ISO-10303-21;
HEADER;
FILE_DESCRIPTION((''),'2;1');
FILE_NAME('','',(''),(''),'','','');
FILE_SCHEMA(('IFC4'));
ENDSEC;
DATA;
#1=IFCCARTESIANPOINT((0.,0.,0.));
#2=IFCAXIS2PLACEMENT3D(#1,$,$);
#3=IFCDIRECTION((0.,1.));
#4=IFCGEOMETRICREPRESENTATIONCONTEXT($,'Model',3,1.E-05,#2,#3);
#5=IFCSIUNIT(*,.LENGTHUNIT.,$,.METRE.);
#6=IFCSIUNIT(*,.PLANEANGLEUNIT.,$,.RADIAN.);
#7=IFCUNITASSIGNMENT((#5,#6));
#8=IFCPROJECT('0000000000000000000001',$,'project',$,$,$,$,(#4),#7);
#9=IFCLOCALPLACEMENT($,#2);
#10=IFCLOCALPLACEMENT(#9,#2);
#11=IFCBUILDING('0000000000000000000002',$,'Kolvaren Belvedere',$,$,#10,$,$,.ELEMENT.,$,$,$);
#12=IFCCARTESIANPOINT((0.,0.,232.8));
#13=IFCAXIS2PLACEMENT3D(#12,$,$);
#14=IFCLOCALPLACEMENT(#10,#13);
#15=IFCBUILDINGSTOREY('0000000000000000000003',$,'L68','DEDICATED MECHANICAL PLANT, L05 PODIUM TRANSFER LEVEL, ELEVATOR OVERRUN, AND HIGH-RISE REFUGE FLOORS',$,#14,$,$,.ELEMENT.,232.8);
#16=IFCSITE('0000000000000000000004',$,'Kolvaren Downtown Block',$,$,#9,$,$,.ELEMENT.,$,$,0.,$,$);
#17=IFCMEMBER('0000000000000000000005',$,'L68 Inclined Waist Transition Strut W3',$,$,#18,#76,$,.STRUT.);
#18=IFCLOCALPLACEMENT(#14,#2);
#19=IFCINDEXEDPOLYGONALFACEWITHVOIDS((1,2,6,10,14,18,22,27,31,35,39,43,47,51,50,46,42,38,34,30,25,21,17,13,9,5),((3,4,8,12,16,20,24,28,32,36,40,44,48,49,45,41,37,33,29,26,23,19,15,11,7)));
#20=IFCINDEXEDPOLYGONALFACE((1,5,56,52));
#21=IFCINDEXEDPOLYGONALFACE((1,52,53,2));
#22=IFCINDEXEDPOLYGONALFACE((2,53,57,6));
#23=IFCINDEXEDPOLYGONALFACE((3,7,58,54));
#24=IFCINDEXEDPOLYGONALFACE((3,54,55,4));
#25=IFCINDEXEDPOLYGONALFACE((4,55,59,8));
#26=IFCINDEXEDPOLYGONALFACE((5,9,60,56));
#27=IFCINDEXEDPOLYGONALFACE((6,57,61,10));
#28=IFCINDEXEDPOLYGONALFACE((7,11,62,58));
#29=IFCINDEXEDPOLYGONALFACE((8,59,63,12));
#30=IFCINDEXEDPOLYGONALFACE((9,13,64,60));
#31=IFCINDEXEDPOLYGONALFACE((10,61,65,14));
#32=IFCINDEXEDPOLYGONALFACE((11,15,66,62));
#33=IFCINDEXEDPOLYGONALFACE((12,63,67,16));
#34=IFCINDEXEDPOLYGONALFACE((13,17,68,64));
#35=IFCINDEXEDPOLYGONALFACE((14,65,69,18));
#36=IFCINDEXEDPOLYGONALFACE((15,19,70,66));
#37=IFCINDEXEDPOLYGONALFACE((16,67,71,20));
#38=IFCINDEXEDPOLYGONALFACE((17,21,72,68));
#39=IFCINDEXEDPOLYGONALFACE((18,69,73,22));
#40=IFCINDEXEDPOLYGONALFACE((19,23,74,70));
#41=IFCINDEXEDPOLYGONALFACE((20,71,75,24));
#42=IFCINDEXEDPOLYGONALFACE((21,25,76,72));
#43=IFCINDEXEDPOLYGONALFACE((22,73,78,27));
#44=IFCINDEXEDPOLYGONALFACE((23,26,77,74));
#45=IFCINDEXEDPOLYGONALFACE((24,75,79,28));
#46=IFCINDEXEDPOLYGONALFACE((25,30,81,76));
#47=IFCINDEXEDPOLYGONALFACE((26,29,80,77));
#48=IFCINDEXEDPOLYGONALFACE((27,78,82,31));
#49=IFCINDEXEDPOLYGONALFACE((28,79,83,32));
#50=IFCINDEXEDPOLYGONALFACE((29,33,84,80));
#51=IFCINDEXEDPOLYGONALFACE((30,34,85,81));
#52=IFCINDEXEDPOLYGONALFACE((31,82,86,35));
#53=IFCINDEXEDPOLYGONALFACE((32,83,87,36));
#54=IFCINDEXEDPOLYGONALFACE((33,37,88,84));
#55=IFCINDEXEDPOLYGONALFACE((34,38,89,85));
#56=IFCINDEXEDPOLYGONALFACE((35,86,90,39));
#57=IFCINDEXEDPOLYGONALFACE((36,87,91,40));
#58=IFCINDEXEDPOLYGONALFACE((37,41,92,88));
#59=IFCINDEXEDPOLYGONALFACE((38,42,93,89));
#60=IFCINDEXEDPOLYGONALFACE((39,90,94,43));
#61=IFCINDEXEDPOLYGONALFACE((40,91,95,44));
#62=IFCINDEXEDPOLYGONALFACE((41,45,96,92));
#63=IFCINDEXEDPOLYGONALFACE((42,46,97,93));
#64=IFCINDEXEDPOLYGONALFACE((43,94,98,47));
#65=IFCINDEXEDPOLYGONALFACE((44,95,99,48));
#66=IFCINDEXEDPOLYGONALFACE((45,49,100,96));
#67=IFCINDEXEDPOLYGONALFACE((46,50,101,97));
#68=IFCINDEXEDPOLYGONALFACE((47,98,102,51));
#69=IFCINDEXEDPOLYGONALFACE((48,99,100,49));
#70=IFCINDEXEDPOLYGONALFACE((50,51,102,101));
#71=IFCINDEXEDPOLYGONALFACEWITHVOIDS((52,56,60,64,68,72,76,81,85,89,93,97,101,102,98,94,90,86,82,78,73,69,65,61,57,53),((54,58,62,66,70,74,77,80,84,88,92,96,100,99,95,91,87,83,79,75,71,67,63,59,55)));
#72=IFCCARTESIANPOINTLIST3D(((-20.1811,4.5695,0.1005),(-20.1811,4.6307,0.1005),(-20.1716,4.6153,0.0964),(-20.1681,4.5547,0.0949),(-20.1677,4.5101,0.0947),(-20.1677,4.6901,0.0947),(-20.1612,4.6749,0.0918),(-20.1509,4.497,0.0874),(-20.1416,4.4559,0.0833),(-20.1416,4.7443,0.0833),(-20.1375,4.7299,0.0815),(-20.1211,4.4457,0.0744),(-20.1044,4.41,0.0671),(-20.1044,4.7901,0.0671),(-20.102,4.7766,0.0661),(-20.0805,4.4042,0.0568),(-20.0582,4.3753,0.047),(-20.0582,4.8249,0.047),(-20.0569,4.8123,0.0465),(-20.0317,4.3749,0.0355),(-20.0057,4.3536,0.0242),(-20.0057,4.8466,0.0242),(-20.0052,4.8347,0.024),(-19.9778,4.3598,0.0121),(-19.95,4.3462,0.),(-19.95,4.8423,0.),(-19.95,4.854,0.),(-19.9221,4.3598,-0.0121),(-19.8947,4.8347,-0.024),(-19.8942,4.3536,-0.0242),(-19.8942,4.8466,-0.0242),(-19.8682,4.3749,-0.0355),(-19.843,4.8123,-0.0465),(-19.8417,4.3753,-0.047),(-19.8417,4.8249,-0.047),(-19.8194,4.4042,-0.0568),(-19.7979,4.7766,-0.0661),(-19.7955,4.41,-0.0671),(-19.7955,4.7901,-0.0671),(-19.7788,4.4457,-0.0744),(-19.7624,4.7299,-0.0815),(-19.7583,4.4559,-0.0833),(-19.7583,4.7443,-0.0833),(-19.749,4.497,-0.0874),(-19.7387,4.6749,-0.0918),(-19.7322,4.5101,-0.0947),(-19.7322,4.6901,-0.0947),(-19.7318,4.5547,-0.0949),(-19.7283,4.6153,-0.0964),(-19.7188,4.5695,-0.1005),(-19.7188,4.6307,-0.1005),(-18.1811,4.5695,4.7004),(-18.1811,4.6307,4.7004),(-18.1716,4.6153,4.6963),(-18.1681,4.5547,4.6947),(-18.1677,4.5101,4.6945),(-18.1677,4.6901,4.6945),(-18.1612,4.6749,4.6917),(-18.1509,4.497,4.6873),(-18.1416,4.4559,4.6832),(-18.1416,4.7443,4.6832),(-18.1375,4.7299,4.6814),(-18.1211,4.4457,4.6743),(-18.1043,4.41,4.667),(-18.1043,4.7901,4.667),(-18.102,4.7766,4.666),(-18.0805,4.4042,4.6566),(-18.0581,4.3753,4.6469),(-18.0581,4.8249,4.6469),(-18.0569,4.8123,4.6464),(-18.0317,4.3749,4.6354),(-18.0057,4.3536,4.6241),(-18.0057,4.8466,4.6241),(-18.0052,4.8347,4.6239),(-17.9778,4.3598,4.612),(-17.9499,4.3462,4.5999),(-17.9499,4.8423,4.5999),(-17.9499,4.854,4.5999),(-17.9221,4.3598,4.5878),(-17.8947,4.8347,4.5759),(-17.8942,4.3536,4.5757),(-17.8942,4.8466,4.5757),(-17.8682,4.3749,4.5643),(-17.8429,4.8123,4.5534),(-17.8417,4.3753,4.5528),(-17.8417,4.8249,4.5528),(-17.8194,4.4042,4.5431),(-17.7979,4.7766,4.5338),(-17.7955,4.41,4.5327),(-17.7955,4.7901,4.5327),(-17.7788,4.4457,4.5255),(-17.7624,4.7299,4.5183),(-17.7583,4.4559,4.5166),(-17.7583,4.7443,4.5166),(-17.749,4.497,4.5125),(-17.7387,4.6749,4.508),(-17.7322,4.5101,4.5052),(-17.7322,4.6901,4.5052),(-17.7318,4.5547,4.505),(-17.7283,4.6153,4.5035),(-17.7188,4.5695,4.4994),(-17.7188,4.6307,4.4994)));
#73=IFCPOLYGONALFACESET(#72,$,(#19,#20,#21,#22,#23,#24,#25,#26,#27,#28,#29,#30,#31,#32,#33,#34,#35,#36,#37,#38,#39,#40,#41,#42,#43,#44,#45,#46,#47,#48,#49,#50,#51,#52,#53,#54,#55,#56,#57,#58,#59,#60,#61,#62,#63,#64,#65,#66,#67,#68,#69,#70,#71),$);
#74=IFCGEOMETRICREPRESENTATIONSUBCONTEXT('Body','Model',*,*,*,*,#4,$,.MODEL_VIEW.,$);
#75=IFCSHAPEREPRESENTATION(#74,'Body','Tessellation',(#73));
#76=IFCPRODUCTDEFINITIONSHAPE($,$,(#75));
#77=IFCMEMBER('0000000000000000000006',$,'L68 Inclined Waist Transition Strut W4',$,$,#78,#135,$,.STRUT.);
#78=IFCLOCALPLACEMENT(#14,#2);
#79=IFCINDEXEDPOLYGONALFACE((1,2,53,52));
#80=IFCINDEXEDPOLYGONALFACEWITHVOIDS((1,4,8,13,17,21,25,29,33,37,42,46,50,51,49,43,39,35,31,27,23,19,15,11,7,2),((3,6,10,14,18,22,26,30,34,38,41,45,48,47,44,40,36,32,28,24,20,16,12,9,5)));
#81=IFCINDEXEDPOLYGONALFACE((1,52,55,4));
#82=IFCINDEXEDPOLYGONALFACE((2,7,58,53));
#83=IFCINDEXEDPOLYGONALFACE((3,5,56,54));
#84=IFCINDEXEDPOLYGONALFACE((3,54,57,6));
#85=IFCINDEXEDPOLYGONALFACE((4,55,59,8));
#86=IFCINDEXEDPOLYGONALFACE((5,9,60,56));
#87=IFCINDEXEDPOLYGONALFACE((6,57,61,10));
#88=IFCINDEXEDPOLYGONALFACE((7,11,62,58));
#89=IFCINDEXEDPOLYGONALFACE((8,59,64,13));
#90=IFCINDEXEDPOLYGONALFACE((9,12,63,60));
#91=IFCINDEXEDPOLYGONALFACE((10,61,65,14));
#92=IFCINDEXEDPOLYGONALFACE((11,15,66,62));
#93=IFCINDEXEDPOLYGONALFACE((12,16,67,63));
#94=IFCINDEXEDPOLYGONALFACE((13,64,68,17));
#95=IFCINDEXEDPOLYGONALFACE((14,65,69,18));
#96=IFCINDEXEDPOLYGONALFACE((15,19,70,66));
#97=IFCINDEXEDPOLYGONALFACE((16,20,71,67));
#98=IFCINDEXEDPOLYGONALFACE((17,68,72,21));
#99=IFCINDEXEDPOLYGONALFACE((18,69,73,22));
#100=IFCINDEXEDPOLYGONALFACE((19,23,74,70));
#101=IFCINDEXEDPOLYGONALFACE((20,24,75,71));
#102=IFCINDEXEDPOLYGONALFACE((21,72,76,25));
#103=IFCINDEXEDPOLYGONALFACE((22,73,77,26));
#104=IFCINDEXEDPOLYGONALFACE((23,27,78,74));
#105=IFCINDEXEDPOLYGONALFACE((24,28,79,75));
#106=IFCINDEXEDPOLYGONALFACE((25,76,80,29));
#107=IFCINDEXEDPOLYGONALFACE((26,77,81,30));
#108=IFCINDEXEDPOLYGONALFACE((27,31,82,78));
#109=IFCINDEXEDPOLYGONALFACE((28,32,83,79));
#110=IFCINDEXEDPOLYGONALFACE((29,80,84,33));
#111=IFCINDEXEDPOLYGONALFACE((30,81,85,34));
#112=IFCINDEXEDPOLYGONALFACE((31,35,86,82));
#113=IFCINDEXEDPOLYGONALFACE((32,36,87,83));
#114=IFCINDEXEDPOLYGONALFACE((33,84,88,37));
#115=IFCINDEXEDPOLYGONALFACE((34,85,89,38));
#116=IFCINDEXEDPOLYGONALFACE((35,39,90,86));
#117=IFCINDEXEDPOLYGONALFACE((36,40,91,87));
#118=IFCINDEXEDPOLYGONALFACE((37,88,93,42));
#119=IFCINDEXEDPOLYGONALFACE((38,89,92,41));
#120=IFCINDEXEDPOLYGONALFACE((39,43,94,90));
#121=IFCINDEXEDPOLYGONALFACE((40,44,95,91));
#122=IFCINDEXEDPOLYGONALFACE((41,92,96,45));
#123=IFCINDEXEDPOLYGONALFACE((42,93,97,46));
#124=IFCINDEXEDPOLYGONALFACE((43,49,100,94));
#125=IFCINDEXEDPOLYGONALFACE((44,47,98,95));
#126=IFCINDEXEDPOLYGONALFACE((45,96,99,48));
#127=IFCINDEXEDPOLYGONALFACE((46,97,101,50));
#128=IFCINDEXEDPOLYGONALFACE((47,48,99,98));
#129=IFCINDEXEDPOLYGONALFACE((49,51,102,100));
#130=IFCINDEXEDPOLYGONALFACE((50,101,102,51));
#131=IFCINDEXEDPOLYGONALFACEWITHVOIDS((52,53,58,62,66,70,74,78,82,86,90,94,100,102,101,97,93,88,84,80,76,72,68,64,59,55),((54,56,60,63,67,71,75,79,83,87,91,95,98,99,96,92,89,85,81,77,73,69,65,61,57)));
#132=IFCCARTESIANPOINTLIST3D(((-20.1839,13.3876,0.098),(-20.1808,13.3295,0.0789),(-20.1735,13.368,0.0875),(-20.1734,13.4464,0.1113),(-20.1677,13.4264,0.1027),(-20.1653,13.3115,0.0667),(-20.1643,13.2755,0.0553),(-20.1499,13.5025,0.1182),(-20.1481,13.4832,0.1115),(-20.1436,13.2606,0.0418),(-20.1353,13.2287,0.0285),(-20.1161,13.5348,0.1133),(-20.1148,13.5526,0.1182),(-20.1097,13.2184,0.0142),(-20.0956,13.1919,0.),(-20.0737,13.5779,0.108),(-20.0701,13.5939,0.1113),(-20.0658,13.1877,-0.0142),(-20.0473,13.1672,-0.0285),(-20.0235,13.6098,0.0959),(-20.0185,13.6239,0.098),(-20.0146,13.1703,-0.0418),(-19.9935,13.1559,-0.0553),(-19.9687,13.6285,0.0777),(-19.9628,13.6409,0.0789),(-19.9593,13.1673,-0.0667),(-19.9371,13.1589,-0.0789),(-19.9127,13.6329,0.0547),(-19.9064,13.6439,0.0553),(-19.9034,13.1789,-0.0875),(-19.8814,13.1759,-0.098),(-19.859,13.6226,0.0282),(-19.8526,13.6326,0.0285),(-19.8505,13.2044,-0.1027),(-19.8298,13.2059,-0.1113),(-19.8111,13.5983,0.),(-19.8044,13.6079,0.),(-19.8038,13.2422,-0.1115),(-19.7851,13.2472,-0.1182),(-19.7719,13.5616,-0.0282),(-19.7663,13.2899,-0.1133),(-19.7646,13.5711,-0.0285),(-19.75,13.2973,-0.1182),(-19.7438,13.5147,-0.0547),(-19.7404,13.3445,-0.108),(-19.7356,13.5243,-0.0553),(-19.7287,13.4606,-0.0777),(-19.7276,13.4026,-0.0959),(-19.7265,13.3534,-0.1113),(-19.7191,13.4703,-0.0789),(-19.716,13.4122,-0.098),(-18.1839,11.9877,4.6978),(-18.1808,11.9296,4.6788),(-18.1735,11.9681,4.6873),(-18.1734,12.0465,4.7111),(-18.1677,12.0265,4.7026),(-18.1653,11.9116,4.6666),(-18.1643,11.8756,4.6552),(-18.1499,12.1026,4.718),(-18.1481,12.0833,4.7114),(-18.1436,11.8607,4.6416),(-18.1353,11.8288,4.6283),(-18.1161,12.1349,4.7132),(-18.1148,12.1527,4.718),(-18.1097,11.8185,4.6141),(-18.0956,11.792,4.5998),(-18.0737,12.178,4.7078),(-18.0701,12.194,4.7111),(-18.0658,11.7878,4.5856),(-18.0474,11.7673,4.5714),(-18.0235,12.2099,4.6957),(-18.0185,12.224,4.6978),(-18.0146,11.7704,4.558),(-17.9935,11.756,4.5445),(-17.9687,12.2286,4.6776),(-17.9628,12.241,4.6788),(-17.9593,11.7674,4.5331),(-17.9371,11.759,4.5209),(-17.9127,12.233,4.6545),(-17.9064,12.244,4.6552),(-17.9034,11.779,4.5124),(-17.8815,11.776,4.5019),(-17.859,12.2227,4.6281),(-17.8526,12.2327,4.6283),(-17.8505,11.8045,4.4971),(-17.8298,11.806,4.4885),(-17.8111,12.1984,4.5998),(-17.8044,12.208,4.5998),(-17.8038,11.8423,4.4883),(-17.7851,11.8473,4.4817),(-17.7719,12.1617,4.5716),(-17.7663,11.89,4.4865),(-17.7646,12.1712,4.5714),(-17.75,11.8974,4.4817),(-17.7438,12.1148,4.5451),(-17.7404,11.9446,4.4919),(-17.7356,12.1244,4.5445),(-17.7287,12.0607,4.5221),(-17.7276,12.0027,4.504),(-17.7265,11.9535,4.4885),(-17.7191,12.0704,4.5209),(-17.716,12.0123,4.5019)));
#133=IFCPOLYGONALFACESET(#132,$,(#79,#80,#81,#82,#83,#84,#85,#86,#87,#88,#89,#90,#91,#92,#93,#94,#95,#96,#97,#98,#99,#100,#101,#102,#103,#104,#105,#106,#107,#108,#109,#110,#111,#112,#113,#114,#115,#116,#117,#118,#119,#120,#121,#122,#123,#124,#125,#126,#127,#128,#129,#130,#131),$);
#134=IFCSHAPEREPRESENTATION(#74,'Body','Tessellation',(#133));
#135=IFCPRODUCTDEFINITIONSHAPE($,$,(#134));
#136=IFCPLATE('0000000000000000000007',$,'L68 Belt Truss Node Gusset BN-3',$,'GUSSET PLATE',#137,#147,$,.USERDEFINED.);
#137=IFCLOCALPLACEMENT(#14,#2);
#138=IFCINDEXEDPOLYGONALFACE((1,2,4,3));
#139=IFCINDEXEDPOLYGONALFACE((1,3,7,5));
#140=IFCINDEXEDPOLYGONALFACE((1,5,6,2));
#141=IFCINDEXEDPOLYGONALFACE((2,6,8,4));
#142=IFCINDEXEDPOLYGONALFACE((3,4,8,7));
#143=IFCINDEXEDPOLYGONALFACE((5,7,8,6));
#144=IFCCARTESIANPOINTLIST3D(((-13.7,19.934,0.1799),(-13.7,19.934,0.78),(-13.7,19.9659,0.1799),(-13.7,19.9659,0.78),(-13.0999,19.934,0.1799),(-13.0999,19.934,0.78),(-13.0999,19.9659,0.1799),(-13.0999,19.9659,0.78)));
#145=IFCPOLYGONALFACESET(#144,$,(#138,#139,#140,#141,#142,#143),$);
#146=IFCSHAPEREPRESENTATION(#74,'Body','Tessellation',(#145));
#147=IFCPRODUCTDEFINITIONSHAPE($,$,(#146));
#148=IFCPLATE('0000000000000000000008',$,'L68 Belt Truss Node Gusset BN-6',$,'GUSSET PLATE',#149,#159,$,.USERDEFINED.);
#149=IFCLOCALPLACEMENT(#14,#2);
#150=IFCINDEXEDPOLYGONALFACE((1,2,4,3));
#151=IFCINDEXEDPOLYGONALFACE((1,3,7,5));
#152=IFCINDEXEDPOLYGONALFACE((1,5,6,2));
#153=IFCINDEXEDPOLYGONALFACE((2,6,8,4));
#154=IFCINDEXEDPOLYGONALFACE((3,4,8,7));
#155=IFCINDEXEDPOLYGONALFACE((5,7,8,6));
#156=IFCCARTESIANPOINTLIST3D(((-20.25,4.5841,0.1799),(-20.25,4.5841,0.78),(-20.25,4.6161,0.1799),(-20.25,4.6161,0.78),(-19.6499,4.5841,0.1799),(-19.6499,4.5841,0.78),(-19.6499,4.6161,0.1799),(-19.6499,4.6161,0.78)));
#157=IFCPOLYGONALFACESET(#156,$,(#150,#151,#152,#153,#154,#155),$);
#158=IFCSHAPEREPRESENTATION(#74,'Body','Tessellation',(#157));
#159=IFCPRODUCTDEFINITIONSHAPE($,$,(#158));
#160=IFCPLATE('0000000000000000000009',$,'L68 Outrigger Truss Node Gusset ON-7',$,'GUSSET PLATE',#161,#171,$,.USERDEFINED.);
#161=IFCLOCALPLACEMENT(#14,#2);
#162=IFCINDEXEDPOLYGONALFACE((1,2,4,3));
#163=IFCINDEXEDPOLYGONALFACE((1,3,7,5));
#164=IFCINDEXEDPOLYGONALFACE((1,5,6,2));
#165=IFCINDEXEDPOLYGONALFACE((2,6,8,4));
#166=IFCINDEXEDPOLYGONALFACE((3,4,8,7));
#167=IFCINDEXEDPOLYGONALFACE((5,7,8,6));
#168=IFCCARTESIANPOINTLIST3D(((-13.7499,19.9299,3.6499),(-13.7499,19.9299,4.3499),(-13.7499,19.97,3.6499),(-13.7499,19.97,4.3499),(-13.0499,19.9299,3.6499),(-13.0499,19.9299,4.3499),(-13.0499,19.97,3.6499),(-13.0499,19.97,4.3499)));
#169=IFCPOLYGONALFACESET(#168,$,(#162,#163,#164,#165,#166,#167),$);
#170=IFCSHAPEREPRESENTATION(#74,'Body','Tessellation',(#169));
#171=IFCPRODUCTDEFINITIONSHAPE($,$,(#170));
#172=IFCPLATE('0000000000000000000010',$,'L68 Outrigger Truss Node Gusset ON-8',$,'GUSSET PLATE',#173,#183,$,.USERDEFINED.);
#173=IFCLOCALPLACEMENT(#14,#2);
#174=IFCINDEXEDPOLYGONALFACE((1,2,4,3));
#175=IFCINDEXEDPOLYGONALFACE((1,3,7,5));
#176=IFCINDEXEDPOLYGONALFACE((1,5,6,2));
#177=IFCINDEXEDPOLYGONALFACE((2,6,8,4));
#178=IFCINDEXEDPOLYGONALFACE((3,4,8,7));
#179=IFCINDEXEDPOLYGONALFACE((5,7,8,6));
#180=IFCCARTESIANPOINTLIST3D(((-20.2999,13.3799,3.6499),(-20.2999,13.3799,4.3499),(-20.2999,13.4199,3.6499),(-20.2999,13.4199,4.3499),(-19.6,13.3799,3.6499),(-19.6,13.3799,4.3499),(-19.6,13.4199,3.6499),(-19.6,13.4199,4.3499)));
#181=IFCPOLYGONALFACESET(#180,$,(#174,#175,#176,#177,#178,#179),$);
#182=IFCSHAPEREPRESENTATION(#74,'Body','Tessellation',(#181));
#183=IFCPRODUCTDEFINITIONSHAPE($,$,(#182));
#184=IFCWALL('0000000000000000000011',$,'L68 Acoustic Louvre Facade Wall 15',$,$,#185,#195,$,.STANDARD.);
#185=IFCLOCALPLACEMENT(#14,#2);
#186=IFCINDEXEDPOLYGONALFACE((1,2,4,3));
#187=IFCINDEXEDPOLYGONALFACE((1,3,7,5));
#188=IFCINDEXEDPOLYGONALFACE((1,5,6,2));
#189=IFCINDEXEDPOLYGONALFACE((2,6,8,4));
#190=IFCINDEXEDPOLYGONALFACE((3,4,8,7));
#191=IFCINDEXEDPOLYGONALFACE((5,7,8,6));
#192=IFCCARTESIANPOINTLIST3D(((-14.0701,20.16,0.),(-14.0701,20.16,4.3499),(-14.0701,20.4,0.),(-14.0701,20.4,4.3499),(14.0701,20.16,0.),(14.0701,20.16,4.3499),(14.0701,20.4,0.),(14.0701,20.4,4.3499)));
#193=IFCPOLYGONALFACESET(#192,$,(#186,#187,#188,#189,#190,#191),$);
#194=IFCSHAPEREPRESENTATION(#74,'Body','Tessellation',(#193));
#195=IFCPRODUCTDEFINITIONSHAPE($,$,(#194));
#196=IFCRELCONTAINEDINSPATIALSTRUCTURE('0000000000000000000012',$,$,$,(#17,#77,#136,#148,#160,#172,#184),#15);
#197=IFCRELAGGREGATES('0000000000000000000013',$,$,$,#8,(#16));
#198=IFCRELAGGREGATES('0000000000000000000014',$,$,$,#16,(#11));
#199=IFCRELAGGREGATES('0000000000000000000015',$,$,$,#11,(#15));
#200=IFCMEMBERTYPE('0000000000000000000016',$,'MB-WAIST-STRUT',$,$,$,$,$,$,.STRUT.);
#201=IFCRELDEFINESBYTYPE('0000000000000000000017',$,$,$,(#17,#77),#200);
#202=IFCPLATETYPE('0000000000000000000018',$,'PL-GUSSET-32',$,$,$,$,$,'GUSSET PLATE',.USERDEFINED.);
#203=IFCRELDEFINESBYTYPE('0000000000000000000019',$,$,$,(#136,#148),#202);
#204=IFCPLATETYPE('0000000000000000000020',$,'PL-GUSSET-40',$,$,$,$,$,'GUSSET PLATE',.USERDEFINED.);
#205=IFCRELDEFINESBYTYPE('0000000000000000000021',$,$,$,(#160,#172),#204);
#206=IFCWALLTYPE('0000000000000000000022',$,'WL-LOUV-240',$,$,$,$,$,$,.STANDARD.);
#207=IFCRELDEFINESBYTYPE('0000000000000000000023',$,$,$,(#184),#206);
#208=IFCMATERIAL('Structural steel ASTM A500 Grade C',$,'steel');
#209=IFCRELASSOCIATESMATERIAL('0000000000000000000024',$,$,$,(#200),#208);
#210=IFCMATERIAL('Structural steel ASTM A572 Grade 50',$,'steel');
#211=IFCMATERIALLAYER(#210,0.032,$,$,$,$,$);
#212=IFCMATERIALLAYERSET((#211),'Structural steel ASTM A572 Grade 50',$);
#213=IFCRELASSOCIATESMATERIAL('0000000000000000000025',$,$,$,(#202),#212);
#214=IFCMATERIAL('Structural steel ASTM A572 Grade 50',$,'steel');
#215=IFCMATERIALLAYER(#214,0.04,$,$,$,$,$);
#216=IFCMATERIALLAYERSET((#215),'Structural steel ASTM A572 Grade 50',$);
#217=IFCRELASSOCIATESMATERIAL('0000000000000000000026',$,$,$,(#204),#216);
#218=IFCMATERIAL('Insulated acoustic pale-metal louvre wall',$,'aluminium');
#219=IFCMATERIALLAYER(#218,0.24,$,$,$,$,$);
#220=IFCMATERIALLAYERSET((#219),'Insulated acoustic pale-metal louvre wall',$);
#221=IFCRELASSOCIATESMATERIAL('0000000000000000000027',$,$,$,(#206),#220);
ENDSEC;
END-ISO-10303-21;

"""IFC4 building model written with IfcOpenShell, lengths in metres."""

from ifc_helpers import new_model, si_unit, direction, frame, frame_2d, origin, origin_2d, place, context, subcontext, project, spatial, rectangle, hollow_circle, extrude, material, layer, layer_set, material_profile, profile_set, type_object, element, save


model = new_model("IFC4")

# Units and contexts
model_context = context("Model", 3, precision=1e-05, world=origin(), true_north=direction((0.0, 1.0)))
body_context = subcontext(model_context, "Body", "Model", "MODEL_VIEW")
ifc_project = project(units=[si_unit("LENGTHUNIT", "METRE"), si_unit("PLANEANGLEUNIT", "RADIAN")], contexts=[model_context])

# Site, building, storey
site_placement = place(None, origin())
site = spatial("IfcSite", under=ifc_project, at=site_placement, Name="Kolvaren Downtown Block", CompositionType="ELEMENT", RefElevation=0.0)
building_placement = place(site_placement, origin())
building = spatial("IfcBuilding", under=site, at=building_placement, Name="Kolvaren Belvedere", CompositionType="ELEMENT")
storey_placement = place(building_placement, frame((0.0, 0.0, 232.8)))
storey = spatial("IfcBuildingStorey", under=building, at=storey_placement, Name="L68", Description="DEDICATED MECHANICAL PLANT, L05 PODIUM TRANSFER LEVEL, ELEVATOR OVERRUN, AND HIGH-RISE REFUGE FLOORS", CompositionType="ELEMENT", Elevation=232.8)

# Members
ifc_material_1 = material(Name="Structural steel ASTM A500 Grade C", Category="steel")
ifc_material_profile_1 = material_profile(ifc_material_1, hollow_circle(Radius=0.2539, WallThickness=0.0117, at=origin_2d()), Name="HSS20.000X0.500")
ifc_profile_set_1 = profile_set([ifc_material_profile_1], Name="Structural steel ASTM A500 Grade C")
member_type_1 = type_object("IfcMemberType", Name="MB-WAIST-STRUT", PredefinedType="STRUT", material=ifc_profile_set_1)
member_1_placement = place(storey_placement, frame((-19.95, 4.6001, 0.0), z_axis=(0.398737, 0.0, 0.917065), x_axis=(0.0, 1.0, 0.0)))
element("IfcMember", 1, at=member_1_placement, inside=storey, type_object=member_type_1, Name="L68 Inclined Waist Transition Strut W3", PredefinedType="STRUT", context=body_context, shape_type="SweptSolid", body=[
    extrude(hollow_circle(Radius=0.2539, WallThickness=0.0117, at=origin_2d()), origin(), (0.0, 0.0, 1.0), 5.0159),
])
member_2_placement = place(storey_placement, frame((-19.95, 13.3999, 0.0), z_axis=(0.384059, -0.268823, 0.883308), x_axis=(0.573435, 0.819251, 0.0)))
element("IfcMember", 2, at=member_2_placement, inside=storey, type_object=member_type_1, Name="L68 Inclined Waist Transition Strut W4", PredefinedType="STRUT", context=body_context, shape_type="SweptSolid", body=[
    extrude(hollow_circle(Radius=0.2539, WallThickness=0.0117, at=origin_2d()), origin(), (0.0, 0.0, 1.0), 5.2075),
])

# Plates
ifc_material_2 = material(Name="Structural steel ASTM A572 Grade 50", Category="steel")
ifc_layer_1 = layer(ifc_material_2, 0.032)
ifc_layer_set_1 = layer_set([ifc_layer_1], Name="Structural steel ASTM A572 Grade 50")
plate_type_1 = type_object("IfcPlateType", Name="PL-GUSSET-32", ElementType="GUSSET PLATE", PredefinedType="USERDEFINED", material=ifc_layer_set_1)
for number, where, z_axis, x_axis, name in (
    (3, (-13.3999, 19.95, 0.1799), (0.0, 0.0, 1.0), (1.0, 0.0, 0.0), "L68 Belt Truss Node Gusset BN-3"),
    (4, (-19.95, 4.6001, 0.1799), (0.0, 0.0, 1.0), (1.0, 0.0, 0.0), "L68 Belt Truss Node Gusset BN-6"),
):
    element("IfcPlate", number, at=place(storey_placement, frame(where, z_axis=z_axis, x_axis=x_axis)), inside=storey, type_object=plate_type_1, Name=name, ObjectType="GUSSET PLATE", PredefinedType="USERDEFINED", context=body_context, shape_type="SweptSolid", body=[
        extrude(rectangle(XDim=0.6001, YDim=0.032, at=origin_2d()), origin(), (0.0, 0.0, 1.0), 0.6001),
    ])
ifc_material_3 = material(Name="Structural steel ASTM A572 Grade 50", Category="steel")
ifc_layer_2 = layer(ifc_material_3, 0.04)
ifc_layer_set_2 = layer_set([ifc_layer_2], Name="Structural steel ASTM A572 Grade 50")
plate_type_2 = type_object("IfcPlateType", Name="PL-GUSSET-40", ElementType="GUSSET PLATE", PredefinedType="USERDEFINED", material=ifc_layer_set_2)
for number, where, z_axis, x_axis, name in (
    (5, (-13.3999, 19.95, 3.6499), (0.0, 0.0, 1.0), (1.0, 0.0, 0.0), "L68 Outrigger Truss Node Gusset ON-7"),
    (6, (-19.95, 13.3999, 3.6499), (0.0, 0.0, 1.0), (1.0, 0.0, 0.0), "L68 Outrigger Truss Node Gusset ON-8"),
):
    element("IfcPlate", number, at=place(storey_placement, frame(where, z_axis=z_axis, x_axis=x_axis)), inside=storey, type_object=plate_type_2, Name=name, ObjectType="GUSSET PLATE", PredefinedType="USERDEFINED", context=body_context, shape_type="SweptSolid", body=[
        extrude(rectangle(XDim=0.7, YDim=0.04, at=origin_2d()), origin(), (0.0, 0.0, 1.0), 0.7),
    ])

# Wall
ifc_material_4 = material(Name="Insulated acoustic pale-metal louvre wall", Category="aluminium")
ifc_layer_3 = layer(ifc_material_4, 0.24)
ifc_layer_set_3 = layer_set([ifc_layer_3], Name="Insulated acoustic pale-metal louvre wall")
wall_type_1 = type_object("IfcWallType", Name="WL-LOUV-240", PredefinedType="STANDARD", material=ifc_layer_set_3)
wall_1_placement = place(storey_placement, frame((-14.0701, 20.28, 0.0), z_axis=(0.0, 0.0, 1.0), x_axis=(1.0, 0.0, 0.0)))
element("IfcWall", 7, at=wall_1_placement, inside=storey, type_object=wall_type_1, Name="L68 Acoustic Louvre Facade Wall 15", PredefinedType="STANDARD", context=body_context, shape_type="SweptSolid", body=[
    extrude(rectangle(XDim=28.1401, YDim=0.24, at=frame_2d((14.0701, 0.0))), origin(), (0.0, 0.0, 1.0), 4.3499),
])

save(model, "model.ifc")
